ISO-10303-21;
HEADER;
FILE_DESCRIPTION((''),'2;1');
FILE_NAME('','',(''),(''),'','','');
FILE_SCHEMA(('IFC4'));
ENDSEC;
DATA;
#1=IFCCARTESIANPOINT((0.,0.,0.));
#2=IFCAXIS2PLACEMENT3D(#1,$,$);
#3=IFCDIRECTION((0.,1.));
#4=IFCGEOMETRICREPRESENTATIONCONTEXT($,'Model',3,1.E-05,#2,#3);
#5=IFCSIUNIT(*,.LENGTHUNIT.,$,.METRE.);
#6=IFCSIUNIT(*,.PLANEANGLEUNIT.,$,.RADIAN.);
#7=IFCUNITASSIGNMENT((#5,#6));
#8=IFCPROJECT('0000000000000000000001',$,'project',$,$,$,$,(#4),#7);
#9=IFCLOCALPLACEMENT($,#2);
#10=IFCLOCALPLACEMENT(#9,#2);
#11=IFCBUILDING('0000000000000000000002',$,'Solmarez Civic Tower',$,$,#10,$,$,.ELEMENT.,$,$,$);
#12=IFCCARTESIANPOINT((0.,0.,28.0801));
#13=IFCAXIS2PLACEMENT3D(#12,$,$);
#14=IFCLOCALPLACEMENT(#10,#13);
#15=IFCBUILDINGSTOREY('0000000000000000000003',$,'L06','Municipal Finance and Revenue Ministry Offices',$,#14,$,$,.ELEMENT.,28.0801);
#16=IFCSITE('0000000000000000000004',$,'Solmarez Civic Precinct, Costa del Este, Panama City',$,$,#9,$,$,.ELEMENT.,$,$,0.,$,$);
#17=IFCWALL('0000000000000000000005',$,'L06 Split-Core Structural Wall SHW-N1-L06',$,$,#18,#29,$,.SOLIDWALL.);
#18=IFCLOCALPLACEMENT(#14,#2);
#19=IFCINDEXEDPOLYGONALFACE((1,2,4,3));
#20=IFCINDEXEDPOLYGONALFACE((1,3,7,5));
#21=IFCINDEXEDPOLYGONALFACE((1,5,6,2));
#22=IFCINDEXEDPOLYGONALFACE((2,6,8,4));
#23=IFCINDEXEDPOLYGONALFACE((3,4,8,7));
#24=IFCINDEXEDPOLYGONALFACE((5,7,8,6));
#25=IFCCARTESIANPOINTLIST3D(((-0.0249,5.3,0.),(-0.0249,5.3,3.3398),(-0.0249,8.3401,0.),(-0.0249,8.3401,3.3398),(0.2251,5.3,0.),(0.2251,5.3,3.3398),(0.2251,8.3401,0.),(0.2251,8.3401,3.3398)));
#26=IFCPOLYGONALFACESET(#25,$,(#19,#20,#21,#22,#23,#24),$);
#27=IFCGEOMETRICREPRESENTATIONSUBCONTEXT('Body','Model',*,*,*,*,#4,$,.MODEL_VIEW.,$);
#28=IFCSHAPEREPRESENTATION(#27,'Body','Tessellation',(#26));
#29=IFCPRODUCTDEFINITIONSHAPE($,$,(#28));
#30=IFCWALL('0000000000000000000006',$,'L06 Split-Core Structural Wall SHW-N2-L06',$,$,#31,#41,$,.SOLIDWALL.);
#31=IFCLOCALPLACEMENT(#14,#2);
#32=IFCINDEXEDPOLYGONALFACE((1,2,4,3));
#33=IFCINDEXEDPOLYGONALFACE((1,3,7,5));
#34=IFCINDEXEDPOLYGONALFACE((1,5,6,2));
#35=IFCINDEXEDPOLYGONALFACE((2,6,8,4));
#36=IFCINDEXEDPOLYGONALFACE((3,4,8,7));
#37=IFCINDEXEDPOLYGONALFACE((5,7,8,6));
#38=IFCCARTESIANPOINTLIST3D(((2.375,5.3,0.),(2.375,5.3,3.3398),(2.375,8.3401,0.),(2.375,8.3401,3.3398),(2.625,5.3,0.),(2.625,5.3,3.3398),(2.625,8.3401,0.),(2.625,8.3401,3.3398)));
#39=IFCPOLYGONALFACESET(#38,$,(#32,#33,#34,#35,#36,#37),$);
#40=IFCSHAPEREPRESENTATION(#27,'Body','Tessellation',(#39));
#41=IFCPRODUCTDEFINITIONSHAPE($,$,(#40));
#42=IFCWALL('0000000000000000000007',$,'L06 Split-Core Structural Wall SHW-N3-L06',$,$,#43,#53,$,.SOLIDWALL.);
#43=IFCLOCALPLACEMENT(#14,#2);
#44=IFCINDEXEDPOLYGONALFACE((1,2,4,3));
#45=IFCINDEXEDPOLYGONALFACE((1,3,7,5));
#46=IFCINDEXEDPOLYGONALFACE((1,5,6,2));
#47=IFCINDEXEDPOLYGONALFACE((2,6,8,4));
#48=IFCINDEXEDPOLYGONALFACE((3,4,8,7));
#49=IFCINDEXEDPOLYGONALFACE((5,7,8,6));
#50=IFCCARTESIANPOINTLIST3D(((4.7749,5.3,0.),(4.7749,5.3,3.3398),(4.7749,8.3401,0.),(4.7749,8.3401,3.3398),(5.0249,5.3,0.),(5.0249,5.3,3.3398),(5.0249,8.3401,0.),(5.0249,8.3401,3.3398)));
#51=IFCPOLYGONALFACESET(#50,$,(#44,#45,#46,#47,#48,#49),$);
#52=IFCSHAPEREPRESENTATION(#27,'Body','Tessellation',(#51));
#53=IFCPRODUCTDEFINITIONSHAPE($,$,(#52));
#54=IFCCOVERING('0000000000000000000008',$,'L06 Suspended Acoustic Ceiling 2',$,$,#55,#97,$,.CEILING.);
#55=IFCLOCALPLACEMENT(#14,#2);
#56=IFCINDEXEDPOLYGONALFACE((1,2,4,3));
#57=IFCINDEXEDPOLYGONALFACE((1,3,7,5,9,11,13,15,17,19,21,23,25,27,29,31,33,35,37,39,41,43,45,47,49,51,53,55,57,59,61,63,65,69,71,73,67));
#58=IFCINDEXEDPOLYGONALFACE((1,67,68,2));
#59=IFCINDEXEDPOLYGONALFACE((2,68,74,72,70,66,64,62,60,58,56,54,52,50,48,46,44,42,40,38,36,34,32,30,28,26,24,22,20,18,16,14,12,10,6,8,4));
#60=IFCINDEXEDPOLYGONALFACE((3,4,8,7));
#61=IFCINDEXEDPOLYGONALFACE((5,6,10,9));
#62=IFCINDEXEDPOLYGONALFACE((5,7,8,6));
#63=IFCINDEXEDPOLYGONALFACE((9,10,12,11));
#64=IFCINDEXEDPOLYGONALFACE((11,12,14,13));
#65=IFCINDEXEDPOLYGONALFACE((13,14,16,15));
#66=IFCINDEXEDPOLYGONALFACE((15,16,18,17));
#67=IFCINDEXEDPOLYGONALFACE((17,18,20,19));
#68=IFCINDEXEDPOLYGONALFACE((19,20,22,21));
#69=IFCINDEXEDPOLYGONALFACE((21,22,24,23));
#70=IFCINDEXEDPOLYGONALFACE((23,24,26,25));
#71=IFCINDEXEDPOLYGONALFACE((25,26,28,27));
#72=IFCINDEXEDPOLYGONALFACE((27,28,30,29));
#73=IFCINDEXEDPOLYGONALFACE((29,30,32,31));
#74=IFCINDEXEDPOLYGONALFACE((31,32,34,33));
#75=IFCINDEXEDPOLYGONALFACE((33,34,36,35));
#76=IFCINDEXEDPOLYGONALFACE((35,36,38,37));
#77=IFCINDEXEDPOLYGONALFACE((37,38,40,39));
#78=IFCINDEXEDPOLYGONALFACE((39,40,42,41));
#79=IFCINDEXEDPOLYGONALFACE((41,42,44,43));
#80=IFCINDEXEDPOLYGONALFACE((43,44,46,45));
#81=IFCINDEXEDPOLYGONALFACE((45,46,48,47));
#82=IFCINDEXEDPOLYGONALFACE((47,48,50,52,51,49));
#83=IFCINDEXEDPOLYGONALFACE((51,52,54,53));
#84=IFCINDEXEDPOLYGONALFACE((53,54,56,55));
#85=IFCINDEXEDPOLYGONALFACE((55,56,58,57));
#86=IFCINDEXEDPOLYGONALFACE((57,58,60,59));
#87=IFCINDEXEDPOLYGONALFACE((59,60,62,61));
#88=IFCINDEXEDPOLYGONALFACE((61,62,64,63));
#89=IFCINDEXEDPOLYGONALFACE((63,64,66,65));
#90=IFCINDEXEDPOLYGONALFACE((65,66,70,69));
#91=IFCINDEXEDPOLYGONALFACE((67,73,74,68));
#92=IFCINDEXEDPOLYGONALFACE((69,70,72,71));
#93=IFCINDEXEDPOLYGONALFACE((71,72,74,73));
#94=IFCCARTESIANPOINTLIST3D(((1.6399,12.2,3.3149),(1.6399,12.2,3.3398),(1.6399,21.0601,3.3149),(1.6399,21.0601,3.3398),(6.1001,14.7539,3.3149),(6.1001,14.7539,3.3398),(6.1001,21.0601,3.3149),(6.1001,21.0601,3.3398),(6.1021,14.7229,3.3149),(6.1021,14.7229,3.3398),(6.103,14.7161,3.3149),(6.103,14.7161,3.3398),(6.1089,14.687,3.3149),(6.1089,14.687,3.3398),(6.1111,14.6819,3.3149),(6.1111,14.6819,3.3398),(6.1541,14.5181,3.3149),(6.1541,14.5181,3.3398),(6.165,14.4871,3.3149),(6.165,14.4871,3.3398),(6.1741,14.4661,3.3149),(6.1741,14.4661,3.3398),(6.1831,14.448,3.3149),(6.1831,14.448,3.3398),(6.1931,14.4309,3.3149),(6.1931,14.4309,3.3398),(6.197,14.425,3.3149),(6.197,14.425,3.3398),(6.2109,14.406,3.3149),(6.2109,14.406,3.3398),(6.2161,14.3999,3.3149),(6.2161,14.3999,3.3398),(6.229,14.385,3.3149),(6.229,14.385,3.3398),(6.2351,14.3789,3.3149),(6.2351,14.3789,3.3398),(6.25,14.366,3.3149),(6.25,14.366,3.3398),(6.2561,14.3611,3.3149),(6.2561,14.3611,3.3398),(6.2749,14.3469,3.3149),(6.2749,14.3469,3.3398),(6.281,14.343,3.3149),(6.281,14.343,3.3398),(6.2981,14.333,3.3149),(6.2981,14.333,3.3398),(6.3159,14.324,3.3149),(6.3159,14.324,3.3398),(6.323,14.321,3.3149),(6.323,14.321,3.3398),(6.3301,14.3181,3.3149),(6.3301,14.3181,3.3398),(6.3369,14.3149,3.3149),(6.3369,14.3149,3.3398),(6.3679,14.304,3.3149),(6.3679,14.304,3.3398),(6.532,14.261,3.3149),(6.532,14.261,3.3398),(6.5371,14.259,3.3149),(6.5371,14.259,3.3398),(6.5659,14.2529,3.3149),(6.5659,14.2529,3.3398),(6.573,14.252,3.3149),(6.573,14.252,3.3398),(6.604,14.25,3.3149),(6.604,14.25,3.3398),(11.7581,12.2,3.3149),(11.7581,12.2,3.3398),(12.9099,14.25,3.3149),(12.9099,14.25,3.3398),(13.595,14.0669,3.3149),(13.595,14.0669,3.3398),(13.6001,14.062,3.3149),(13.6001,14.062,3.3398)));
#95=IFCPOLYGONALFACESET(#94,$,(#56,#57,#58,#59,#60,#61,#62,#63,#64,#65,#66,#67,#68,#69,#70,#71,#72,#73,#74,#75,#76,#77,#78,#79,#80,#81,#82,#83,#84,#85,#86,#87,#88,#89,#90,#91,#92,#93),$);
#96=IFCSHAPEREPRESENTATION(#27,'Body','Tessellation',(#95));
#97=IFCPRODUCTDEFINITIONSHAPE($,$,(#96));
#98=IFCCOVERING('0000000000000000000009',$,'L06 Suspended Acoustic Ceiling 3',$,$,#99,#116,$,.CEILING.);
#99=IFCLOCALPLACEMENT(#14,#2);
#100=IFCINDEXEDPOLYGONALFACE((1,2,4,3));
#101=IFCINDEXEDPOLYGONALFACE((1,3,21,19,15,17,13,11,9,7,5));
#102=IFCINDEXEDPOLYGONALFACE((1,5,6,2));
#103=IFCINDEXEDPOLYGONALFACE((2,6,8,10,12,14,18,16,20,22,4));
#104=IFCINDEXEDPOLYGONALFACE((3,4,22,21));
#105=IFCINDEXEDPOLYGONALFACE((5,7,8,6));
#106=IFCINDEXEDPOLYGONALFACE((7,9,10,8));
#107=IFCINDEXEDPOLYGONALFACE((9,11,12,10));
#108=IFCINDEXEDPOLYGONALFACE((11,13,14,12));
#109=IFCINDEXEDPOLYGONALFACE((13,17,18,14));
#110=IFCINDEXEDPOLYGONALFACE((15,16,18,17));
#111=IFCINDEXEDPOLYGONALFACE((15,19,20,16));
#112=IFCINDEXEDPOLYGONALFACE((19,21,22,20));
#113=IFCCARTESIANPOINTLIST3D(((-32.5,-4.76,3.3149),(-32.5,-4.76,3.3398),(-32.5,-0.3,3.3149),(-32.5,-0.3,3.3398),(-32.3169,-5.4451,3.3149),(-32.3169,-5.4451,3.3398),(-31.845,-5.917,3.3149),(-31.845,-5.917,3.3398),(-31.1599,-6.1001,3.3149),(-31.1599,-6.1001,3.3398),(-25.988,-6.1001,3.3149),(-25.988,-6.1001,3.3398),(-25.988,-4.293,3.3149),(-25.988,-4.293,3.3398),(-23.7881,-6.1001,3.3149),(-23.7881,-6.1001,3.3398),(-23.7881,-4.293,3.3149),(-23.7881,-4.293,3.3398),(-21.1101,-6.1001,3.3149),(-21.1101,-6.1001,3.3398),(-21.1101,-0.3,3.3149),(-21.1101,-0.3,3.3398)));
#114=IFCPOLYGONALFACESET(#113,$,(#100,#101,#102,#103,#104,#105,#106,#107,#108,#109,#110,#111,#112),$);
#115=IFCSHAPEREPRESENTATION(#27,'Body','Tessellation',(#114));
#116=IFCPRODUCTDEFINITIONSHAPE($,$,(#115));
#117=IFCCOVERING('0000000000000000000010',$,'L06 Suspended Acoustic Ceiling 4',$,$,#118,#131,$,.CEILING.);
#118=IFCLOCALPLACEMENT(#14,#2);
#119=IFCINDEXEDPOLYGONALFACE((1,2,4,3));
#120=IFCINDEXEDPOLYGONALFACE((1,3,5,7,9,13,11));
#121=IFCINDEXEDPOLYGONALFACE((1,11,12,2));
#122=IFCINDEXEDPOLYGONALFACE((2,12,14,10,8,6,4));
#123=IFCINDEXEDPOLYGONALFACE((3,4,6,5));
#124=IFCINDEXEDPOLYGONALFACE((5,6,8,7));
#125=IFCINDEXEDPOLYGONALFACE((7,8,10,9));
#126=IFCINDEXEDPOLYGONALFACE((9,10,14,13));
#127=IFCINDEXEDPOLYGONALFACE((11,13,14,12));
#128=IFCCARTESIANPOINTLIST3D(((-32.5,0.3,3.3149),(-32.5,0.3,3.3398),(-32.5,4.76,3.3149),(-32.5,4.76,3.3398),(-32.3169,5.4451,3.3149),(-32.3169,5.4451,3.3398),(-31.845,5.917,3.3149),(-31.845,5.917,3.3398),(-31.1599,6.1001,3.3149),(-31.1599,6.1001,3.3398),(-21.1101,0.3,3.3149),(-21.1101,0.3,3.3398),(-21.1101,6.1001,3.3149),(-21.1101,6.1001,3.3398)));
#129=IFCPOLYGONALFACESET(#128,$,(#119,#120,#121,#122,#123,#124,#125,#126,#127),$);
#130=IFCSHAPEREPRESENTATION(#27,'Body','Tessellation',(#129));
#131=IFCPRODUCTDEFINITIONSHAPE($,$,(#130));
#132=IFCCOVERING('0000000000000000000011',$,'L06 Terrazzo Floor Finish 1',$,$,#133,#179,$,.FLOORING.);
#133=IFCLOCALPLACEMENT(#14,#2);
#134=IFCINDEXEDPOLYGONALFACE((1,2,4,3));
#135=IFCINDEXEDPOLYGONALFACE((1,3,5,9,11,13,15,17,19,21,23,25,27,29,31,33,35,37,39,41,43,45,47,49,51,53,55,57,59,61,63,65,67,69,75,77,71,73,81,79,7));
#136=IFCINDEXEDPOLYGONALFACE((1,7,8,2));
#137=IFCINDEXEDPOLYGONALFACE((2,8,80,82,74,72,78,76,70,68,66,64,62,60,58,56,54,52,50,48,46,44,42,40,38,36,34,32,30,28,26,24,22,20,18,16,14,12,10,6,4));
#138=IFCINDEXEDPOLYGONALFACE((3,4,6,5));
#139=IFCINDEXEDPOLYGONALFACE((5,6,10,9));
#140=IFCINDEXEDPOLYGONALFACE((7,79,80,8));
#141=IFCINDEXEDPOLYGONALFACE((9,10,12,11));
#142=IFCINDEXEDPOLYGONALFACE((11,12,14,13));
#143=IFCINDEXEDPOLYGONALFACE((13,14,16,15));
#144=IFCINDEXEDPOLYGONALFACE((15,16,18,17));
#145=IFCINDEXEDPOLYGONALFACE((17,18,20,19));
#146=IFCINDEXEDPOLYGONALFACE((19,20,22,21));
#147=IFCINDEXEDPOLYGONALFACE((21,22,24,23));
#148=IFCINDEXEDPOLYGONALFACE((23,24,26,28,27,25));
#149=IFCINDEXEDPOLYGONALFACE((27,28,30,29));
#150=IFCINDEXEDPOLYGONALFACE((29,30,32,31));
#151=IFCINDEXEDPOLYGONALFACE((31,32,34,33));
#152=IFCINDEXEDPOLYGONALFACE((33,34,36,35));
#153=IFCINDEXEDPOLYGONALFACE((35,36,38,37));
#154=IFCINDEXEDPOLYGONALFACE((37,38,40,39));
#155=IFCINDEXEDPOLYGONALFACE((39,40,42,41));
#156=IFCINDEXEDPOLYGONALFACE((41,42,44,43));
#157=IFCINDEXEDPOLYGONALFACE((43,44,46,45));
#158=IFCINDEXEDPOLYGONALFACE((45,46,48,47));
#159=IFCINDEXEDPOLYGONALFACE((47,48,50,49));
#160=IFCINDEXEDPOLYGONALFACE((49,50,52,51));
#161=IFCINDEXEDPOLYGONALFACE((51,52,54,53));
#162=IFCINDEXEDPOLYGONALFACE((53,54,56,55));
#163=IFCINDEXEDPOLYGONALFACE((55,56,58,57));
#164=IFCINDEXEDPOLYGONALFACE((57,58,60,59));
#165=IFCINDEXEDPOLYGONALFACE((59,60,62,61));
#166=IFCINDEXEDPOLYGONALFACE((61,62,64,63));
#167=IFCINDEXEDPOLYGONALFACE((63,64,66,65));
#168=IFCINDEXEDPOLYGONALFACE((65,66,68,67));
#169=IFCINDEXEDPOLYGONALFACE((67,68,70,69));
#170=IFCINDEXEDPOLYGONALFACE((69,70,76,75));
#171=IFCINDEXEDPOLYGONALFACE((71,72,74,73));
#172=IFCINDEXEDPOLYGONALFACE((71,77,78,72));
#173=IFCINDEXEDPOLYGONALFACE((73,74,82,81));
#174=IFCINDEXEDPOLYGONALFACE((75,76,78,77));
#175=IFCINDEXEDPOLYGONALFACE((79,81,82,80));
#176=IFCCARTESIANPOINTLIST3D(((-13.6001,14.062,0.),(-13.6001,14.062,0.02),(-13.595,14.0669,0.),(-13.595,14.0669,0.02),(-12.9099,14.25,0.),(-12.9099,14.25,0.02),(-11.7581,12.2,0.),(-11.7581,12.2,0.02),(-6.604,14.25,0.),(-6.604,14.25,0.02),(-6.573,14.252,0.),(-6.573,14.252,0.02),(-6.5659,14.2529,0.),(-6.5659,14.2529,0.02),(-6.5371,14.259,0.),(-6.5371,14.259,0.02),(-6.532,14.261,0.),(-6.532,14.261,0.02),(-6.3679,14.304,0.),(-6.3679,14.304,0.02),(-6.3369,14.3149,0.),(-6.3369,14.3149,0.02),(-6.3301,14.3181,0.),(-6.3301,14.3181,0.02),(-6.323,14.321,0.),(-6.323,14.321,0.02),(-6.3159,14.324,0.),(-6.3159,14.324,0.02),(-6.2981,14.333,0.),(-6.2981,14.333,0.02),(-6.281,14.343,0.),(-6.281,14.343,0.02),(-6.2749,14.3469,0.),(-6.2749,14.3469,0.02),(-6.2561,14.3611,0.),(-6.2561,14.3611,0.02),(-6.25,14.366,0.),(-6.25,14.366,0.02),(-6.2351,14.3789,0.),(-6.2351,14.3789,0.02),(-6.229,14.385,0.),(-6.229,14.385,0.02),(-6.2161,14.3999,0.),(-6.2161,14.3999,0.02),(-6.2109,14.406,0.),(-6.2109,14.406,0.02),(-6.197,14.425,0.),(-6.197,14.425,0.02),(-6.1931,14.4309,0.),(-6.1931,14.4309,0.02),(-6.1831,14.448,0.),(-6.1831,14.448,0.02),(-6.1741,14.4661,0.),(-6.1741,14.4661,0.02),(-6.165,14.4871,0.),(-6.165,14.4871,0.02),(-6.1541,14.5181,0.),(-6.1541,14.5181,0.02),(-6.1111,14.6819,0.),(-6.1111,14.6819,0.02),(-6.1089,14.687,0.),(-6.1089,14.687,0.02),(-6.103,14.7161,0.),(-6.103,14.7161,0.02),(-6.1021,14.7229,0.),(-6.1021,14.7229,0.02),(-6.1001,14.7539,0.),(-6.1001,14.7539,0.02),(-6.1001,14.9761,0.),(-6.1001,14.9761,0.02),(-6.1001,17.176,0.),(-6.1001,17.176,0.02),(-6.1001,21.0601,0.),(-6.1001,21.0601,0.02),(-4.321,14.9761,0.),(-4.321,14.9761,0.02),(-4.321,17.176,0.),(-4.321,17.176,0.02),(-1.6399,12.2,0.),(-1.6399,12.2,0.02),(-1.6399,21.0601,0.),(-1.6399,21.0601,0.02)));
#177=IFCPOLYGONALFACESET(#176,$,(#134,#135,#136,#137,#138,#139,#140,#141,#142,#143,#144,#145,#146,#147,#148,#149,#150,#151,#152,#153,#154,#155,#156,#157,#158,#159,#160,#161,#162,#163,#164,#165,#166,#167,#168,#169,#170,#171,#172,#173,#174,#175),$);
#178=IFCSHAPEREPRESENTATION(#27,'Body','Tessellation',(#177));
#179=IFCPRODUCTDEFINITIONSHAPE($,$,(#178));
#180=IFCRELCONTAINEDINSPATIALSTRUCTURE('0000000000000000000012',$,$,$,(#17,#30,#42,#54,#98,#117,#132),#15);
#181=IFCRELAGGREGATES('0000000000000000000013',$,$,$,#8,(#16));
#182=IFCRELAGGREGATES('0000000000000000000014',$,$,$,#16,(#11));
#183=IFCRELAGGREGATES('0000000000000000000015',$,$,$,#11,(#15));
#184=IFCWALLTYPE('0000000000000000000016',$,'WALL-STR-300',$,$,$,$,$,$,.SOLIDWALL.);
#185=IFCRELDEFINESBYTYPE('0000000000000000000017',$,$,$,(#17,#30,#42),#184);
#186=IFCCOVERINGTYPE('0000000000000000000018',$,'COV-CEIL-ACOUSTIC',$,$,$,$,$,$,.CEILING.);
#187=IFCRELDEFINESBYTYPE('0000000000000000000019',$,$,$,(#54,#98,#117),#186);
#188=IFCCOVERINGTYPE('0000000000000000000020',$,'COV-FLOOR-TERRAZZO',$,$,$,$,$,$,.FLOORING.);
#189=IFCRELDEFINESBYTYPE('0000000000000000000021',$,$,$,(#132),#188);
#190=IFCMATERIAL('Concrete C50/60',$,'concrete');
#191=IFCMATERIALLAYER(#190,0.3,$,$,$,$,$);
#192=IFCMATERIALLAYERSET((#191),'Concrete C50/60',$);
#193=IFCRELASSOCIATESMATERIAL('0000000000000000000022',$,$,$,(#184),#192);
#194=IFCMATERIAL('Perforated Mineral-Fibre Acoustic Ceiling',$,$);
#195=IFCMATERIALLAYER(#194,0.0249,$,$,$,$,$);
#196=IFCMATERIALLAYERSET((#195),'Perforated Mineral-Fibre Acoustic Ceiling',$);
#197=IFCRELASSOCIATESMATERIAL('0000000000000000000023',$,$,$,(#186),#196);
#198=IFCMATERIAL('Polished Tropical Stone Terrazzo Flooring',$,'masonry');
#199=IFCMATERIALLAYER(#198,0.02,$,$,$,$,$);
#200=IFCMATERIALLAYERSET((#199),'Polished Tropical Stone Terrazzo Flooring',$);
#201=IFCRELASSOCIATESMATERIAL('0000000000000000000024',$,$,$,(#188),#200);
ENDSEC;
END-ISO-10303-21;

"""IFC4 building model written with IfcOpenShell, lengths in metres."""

from ifc_helpers import new_model, si_unit, direction, frame, frame_2d, origin, place, context, subcontext, project, spatial, polyline, rectangle, outline, extrude, material, layer, layer_set, type_object, element, save


model = new_model("IFC4")

# Units and contexts
model_context = context("Model", 3, precision=1e-05, world=origin(), true_north=direction((0.0, 1.0)))
body_context = subcontext(model_context, "Body", "Model", "MODEL_VIEW")
ifc_project = project(units=[si_unit("LENGTHUNIT", "METRE"), si_unit("PLANEANGLEUNIT", "RADIAN")], contexts=[model_context])

# Site, building, storey
site_placement = place(None, origin())
site = spatial("IfcSite", under=ifc_project, at=site_placement, Name="Solmarez Civic Precinct, Costa del Este, Panama City", CompositionType="ELEMENT", RefElevation=0.0)
building_placement = place(site_placement, origin())
building = spatial("IfcBuilding", under=site, at=building_placement, Name="Solmarez Civic Tower", CompositionType="ELEMENT")
storey_placement = place(building_placement, frame((0.0, 0.0, 28.0801)))
storey = spatial("IfcBuildingStorey", under=building, at=storey_placement, Name="L06", Description="Municipal Finance and Revenue Ministry Offices", CompositionType="ELEMENT", Elevation=28.0801)

# Walls
ifc_material_1 = material(Name="Concrete C50/60", Category="concrete")
ifc_layer_1 = layer(ifc_material_1, 0.3)
ifc_layer_set_1 = layer_set([ifc_layer_1], Name="Concrete C50/60")
wall_type_1 = type_object("IfcWallType", Name="WALL-STR-300", PredefinedType="SOLIDWALL", material=ifc_layer_set_1)
for number, where, z_axis, x_axis, name in (
    (1, (0.1001, 5.3, 0.0), (0.0, 0.0, 1.0), (0.0, 1.0, 0.0), "L06 Split-Core Structural Wall SHW-N1-L06"),
    (2, (2.5, 5.3, 0.0), (0.0, 0.0, 1.0), (0.0, 1.0, 0.0), "L06 Split-Core Structural Wall SHW-N2-L06"),
    (3, (4.8999, 5.3, 0.0), (0.0, 0.0, 1.0), (0.0, 1.0, 0.0), "L06 Split-Core Structural Wall SHW-N3-L06"),
):
    element("IfcWall", number, at=place(storey_placement, frame(where, z_axis=z_axis, x_axis=x_axis)), inside=storey, type_object=wall_type_1, Name=name, PredefinedType="SOLIDWALL", context=body_context, shape_type="SweptSolid", body=[
        extrude(rectangle(XDim=3.04, YDim=0.25, at=frame_2d((1.52, 0.0))), origin(), (0.0, 0.0, 1.0), 3.3398),
    ])

# Coverings
ifc_material_2 = material(Name="Perforated Mineral-Fibre Acoustic Ceiling")
ifc_layer_2 = layer(ifc_material_2, 0.0249)
ifc_layer_set_2 = layer_set([ifc_layer_2], Name="Perforated Mineral-Fibre Acoustic Ceiling")
covering_type_1 = type_object("IfcCoveringType", Name="COV-CEIL-ACOUSTIC", PredefinedType="CEILING", material=ifc_layer_set_2)
covering_1_placement = place(storey_placement, frame((0.0, 0.0, 3.3149)))
element("IfcCovering", 4, at=covering_1_placement, inside=storey, type_object=covering_type_1, Name="L06 Suspended Acoustic Ceiling 2", PredefinedType="CEILING", context=body_context, shape_type="SweptSolid", body=[
    extrude(outline(polyline([(1.6399, 12.2), (11.7581, 12.2), (13.6001, 14.062), (13.595, 14.0669), (12.9099, 14.25), (6.604, 14.25), (6.573, 14.252), (6.5659, 14.2529), (6.5371, 14.259), (6.532, 14.261), (6.3679, 14.304), (6.3369, 14.3149), (6.3301, 14.3181), (6.323, 14.321), (6.3159, 14.324), (6.2981, 14.333), (6.281, 14.343), (6.2749, 14.3469), (6.2561, 14.3611), (6.25, 14.366), (6.2351, 14.3789), (6.229, 14.385), (6.2161, 14.3999), (6.2109, 14.406), (6.197, 14.425), (6.1931, 14.4309), (6.1831, 14.448), (6.1741, 14.4661), (6.165, 14.4871), (6.1541, 14.5181), (6.1111, 14.6819), (6.1089, 14.687), (6.103, 14.7161), (6.1021, 14.7229), (6.1001, 14.7539), (6.1001, 21.0601), (1.6399, 21.0601), (1.6399, 12.2)])), origin(), (0.0, 0.0, 1.0), 0.0249),
])
covering_2_placement = place(storey_placement, frame((0.0, 0.0, 3.3149)))
element("IfcCovering", 5, at=covering_2_placement, inside=storey, type_object=covering_type_1, Name="L06 Suspended Acoustic Ceiling 3", PredefinedType="CEILING", context=body_context, shape_type="SweptSolid", body=[
    extrude(outline(polyline([(-32.5, -0.3), (-32.5, -4.76), (-32.3169, -5.4451), (-31.845, -5.917), (-31.1599, -6.1001), (-25.988, -6.1001), (-25.988, -4.293), (-23.7881, -4.293), (-23.7881, -6.1001), (-21.1101, -6.1001), (-21.1101, -0.3), (-32.5, -0.3)])), origin(), (0.0, 0.0, 1.0), 0.0249),
])
covering_3_placement = place(storey_placement, frame((0.0, 0.0, 3.3149)))
element("IfcCovering", 6, at=covering_3_placement, inside=storey, type_object=covering_type_1, Name="L06 Suspended Acoustic Ceiling 4", PredefinedType="CEILING", context=body_context, shape_type="SweptSolid", body=[
    extrude(outline(polyline([(-21.1101, 6.1001), (-31.1599, 6.1001), (-31.845, 5.917), (-32.3169, 5.4451), (-32.5, 4.76), (-32.5, 0.3), (-21.1101, 0.3), (-21.1101, 6.1001)])), origin(), (0.0, 0.0, 1.0), 0.0249),
])
ifc_material_3 = material(Name="Polished Tropical Stone Terrazzo Flooring", Category="masonry")
ifc_layer_3 = layer(ifc_material_3, 0.02)
ifc_layer_set_3 = layer_set([ifc_layer_3], Name="Polished Tropical Stone Terrazzo Flooring")
covering_type_2 = type_object("IfcCoveringType", Name="COV-FLOOR-TERRAZZO", PredefinedType="FLOORING", material=ifc_layer_set_3)
covering_4_placement = place(storey_placement, origin())
element("IfcCovering", 7, at=covering_4_placement, inside=storey, type_object=covering_type_2, Name="L06 Terrazzo Floor Finish 1", PredefinedType="FLOORING", context=body_context, shape_type="SweptSolid", body=[
    extrude(outline(polyline([(-6.1001, 21.0601), (-6.1001, 17.176), (-4.321, 17.176), (-4.321, 14.9761), (-6.1001, 14.9761), (-6.1001, 14.7539), (-6.1021, 14.7229), (-6.103, 14.7161), (-6.1089, 14.687), (-6.1111, 14.6819), (-6.1541, 14.5181), (-6.165, 14.4871), (-6.1741, 14.4661), (-6.1831, 14.448), (-6.1931, 14.4309), (-6.197, 14.425), (-6.2109, 14.406), (-6.2161, 14.3999), (-6.229, 14.385), (-6.2351, 14.3789), (-6.25, 14.366), (-6.2561, 14.3611), (-6.2749, 14.3469), (-6.281, 14.343), (-6.2981, 14.333), (-6.3159, 14.324), (-6.323, 14.321), (-6.3301, 14.3181), (-6.3369, 14.3149), (-6.3679, 14.304), (-6.532, 14.261), (-6.5371, 14.259), (-6.5659, 14.2529), (-6.573, 14.252), (-6.604, 14.25), (-12.9099, 14.25), (-13.595, 14.0669), (-13.6001, 14.062), (-11.7581, 12.2), (-1.6399, 12.2), (-1.6399, 21.0601), (-6.1001, 21.0601)])), origin(), (0.0, 0.0, 1.0), 0.02),
])

save(model, "model.ifc")
